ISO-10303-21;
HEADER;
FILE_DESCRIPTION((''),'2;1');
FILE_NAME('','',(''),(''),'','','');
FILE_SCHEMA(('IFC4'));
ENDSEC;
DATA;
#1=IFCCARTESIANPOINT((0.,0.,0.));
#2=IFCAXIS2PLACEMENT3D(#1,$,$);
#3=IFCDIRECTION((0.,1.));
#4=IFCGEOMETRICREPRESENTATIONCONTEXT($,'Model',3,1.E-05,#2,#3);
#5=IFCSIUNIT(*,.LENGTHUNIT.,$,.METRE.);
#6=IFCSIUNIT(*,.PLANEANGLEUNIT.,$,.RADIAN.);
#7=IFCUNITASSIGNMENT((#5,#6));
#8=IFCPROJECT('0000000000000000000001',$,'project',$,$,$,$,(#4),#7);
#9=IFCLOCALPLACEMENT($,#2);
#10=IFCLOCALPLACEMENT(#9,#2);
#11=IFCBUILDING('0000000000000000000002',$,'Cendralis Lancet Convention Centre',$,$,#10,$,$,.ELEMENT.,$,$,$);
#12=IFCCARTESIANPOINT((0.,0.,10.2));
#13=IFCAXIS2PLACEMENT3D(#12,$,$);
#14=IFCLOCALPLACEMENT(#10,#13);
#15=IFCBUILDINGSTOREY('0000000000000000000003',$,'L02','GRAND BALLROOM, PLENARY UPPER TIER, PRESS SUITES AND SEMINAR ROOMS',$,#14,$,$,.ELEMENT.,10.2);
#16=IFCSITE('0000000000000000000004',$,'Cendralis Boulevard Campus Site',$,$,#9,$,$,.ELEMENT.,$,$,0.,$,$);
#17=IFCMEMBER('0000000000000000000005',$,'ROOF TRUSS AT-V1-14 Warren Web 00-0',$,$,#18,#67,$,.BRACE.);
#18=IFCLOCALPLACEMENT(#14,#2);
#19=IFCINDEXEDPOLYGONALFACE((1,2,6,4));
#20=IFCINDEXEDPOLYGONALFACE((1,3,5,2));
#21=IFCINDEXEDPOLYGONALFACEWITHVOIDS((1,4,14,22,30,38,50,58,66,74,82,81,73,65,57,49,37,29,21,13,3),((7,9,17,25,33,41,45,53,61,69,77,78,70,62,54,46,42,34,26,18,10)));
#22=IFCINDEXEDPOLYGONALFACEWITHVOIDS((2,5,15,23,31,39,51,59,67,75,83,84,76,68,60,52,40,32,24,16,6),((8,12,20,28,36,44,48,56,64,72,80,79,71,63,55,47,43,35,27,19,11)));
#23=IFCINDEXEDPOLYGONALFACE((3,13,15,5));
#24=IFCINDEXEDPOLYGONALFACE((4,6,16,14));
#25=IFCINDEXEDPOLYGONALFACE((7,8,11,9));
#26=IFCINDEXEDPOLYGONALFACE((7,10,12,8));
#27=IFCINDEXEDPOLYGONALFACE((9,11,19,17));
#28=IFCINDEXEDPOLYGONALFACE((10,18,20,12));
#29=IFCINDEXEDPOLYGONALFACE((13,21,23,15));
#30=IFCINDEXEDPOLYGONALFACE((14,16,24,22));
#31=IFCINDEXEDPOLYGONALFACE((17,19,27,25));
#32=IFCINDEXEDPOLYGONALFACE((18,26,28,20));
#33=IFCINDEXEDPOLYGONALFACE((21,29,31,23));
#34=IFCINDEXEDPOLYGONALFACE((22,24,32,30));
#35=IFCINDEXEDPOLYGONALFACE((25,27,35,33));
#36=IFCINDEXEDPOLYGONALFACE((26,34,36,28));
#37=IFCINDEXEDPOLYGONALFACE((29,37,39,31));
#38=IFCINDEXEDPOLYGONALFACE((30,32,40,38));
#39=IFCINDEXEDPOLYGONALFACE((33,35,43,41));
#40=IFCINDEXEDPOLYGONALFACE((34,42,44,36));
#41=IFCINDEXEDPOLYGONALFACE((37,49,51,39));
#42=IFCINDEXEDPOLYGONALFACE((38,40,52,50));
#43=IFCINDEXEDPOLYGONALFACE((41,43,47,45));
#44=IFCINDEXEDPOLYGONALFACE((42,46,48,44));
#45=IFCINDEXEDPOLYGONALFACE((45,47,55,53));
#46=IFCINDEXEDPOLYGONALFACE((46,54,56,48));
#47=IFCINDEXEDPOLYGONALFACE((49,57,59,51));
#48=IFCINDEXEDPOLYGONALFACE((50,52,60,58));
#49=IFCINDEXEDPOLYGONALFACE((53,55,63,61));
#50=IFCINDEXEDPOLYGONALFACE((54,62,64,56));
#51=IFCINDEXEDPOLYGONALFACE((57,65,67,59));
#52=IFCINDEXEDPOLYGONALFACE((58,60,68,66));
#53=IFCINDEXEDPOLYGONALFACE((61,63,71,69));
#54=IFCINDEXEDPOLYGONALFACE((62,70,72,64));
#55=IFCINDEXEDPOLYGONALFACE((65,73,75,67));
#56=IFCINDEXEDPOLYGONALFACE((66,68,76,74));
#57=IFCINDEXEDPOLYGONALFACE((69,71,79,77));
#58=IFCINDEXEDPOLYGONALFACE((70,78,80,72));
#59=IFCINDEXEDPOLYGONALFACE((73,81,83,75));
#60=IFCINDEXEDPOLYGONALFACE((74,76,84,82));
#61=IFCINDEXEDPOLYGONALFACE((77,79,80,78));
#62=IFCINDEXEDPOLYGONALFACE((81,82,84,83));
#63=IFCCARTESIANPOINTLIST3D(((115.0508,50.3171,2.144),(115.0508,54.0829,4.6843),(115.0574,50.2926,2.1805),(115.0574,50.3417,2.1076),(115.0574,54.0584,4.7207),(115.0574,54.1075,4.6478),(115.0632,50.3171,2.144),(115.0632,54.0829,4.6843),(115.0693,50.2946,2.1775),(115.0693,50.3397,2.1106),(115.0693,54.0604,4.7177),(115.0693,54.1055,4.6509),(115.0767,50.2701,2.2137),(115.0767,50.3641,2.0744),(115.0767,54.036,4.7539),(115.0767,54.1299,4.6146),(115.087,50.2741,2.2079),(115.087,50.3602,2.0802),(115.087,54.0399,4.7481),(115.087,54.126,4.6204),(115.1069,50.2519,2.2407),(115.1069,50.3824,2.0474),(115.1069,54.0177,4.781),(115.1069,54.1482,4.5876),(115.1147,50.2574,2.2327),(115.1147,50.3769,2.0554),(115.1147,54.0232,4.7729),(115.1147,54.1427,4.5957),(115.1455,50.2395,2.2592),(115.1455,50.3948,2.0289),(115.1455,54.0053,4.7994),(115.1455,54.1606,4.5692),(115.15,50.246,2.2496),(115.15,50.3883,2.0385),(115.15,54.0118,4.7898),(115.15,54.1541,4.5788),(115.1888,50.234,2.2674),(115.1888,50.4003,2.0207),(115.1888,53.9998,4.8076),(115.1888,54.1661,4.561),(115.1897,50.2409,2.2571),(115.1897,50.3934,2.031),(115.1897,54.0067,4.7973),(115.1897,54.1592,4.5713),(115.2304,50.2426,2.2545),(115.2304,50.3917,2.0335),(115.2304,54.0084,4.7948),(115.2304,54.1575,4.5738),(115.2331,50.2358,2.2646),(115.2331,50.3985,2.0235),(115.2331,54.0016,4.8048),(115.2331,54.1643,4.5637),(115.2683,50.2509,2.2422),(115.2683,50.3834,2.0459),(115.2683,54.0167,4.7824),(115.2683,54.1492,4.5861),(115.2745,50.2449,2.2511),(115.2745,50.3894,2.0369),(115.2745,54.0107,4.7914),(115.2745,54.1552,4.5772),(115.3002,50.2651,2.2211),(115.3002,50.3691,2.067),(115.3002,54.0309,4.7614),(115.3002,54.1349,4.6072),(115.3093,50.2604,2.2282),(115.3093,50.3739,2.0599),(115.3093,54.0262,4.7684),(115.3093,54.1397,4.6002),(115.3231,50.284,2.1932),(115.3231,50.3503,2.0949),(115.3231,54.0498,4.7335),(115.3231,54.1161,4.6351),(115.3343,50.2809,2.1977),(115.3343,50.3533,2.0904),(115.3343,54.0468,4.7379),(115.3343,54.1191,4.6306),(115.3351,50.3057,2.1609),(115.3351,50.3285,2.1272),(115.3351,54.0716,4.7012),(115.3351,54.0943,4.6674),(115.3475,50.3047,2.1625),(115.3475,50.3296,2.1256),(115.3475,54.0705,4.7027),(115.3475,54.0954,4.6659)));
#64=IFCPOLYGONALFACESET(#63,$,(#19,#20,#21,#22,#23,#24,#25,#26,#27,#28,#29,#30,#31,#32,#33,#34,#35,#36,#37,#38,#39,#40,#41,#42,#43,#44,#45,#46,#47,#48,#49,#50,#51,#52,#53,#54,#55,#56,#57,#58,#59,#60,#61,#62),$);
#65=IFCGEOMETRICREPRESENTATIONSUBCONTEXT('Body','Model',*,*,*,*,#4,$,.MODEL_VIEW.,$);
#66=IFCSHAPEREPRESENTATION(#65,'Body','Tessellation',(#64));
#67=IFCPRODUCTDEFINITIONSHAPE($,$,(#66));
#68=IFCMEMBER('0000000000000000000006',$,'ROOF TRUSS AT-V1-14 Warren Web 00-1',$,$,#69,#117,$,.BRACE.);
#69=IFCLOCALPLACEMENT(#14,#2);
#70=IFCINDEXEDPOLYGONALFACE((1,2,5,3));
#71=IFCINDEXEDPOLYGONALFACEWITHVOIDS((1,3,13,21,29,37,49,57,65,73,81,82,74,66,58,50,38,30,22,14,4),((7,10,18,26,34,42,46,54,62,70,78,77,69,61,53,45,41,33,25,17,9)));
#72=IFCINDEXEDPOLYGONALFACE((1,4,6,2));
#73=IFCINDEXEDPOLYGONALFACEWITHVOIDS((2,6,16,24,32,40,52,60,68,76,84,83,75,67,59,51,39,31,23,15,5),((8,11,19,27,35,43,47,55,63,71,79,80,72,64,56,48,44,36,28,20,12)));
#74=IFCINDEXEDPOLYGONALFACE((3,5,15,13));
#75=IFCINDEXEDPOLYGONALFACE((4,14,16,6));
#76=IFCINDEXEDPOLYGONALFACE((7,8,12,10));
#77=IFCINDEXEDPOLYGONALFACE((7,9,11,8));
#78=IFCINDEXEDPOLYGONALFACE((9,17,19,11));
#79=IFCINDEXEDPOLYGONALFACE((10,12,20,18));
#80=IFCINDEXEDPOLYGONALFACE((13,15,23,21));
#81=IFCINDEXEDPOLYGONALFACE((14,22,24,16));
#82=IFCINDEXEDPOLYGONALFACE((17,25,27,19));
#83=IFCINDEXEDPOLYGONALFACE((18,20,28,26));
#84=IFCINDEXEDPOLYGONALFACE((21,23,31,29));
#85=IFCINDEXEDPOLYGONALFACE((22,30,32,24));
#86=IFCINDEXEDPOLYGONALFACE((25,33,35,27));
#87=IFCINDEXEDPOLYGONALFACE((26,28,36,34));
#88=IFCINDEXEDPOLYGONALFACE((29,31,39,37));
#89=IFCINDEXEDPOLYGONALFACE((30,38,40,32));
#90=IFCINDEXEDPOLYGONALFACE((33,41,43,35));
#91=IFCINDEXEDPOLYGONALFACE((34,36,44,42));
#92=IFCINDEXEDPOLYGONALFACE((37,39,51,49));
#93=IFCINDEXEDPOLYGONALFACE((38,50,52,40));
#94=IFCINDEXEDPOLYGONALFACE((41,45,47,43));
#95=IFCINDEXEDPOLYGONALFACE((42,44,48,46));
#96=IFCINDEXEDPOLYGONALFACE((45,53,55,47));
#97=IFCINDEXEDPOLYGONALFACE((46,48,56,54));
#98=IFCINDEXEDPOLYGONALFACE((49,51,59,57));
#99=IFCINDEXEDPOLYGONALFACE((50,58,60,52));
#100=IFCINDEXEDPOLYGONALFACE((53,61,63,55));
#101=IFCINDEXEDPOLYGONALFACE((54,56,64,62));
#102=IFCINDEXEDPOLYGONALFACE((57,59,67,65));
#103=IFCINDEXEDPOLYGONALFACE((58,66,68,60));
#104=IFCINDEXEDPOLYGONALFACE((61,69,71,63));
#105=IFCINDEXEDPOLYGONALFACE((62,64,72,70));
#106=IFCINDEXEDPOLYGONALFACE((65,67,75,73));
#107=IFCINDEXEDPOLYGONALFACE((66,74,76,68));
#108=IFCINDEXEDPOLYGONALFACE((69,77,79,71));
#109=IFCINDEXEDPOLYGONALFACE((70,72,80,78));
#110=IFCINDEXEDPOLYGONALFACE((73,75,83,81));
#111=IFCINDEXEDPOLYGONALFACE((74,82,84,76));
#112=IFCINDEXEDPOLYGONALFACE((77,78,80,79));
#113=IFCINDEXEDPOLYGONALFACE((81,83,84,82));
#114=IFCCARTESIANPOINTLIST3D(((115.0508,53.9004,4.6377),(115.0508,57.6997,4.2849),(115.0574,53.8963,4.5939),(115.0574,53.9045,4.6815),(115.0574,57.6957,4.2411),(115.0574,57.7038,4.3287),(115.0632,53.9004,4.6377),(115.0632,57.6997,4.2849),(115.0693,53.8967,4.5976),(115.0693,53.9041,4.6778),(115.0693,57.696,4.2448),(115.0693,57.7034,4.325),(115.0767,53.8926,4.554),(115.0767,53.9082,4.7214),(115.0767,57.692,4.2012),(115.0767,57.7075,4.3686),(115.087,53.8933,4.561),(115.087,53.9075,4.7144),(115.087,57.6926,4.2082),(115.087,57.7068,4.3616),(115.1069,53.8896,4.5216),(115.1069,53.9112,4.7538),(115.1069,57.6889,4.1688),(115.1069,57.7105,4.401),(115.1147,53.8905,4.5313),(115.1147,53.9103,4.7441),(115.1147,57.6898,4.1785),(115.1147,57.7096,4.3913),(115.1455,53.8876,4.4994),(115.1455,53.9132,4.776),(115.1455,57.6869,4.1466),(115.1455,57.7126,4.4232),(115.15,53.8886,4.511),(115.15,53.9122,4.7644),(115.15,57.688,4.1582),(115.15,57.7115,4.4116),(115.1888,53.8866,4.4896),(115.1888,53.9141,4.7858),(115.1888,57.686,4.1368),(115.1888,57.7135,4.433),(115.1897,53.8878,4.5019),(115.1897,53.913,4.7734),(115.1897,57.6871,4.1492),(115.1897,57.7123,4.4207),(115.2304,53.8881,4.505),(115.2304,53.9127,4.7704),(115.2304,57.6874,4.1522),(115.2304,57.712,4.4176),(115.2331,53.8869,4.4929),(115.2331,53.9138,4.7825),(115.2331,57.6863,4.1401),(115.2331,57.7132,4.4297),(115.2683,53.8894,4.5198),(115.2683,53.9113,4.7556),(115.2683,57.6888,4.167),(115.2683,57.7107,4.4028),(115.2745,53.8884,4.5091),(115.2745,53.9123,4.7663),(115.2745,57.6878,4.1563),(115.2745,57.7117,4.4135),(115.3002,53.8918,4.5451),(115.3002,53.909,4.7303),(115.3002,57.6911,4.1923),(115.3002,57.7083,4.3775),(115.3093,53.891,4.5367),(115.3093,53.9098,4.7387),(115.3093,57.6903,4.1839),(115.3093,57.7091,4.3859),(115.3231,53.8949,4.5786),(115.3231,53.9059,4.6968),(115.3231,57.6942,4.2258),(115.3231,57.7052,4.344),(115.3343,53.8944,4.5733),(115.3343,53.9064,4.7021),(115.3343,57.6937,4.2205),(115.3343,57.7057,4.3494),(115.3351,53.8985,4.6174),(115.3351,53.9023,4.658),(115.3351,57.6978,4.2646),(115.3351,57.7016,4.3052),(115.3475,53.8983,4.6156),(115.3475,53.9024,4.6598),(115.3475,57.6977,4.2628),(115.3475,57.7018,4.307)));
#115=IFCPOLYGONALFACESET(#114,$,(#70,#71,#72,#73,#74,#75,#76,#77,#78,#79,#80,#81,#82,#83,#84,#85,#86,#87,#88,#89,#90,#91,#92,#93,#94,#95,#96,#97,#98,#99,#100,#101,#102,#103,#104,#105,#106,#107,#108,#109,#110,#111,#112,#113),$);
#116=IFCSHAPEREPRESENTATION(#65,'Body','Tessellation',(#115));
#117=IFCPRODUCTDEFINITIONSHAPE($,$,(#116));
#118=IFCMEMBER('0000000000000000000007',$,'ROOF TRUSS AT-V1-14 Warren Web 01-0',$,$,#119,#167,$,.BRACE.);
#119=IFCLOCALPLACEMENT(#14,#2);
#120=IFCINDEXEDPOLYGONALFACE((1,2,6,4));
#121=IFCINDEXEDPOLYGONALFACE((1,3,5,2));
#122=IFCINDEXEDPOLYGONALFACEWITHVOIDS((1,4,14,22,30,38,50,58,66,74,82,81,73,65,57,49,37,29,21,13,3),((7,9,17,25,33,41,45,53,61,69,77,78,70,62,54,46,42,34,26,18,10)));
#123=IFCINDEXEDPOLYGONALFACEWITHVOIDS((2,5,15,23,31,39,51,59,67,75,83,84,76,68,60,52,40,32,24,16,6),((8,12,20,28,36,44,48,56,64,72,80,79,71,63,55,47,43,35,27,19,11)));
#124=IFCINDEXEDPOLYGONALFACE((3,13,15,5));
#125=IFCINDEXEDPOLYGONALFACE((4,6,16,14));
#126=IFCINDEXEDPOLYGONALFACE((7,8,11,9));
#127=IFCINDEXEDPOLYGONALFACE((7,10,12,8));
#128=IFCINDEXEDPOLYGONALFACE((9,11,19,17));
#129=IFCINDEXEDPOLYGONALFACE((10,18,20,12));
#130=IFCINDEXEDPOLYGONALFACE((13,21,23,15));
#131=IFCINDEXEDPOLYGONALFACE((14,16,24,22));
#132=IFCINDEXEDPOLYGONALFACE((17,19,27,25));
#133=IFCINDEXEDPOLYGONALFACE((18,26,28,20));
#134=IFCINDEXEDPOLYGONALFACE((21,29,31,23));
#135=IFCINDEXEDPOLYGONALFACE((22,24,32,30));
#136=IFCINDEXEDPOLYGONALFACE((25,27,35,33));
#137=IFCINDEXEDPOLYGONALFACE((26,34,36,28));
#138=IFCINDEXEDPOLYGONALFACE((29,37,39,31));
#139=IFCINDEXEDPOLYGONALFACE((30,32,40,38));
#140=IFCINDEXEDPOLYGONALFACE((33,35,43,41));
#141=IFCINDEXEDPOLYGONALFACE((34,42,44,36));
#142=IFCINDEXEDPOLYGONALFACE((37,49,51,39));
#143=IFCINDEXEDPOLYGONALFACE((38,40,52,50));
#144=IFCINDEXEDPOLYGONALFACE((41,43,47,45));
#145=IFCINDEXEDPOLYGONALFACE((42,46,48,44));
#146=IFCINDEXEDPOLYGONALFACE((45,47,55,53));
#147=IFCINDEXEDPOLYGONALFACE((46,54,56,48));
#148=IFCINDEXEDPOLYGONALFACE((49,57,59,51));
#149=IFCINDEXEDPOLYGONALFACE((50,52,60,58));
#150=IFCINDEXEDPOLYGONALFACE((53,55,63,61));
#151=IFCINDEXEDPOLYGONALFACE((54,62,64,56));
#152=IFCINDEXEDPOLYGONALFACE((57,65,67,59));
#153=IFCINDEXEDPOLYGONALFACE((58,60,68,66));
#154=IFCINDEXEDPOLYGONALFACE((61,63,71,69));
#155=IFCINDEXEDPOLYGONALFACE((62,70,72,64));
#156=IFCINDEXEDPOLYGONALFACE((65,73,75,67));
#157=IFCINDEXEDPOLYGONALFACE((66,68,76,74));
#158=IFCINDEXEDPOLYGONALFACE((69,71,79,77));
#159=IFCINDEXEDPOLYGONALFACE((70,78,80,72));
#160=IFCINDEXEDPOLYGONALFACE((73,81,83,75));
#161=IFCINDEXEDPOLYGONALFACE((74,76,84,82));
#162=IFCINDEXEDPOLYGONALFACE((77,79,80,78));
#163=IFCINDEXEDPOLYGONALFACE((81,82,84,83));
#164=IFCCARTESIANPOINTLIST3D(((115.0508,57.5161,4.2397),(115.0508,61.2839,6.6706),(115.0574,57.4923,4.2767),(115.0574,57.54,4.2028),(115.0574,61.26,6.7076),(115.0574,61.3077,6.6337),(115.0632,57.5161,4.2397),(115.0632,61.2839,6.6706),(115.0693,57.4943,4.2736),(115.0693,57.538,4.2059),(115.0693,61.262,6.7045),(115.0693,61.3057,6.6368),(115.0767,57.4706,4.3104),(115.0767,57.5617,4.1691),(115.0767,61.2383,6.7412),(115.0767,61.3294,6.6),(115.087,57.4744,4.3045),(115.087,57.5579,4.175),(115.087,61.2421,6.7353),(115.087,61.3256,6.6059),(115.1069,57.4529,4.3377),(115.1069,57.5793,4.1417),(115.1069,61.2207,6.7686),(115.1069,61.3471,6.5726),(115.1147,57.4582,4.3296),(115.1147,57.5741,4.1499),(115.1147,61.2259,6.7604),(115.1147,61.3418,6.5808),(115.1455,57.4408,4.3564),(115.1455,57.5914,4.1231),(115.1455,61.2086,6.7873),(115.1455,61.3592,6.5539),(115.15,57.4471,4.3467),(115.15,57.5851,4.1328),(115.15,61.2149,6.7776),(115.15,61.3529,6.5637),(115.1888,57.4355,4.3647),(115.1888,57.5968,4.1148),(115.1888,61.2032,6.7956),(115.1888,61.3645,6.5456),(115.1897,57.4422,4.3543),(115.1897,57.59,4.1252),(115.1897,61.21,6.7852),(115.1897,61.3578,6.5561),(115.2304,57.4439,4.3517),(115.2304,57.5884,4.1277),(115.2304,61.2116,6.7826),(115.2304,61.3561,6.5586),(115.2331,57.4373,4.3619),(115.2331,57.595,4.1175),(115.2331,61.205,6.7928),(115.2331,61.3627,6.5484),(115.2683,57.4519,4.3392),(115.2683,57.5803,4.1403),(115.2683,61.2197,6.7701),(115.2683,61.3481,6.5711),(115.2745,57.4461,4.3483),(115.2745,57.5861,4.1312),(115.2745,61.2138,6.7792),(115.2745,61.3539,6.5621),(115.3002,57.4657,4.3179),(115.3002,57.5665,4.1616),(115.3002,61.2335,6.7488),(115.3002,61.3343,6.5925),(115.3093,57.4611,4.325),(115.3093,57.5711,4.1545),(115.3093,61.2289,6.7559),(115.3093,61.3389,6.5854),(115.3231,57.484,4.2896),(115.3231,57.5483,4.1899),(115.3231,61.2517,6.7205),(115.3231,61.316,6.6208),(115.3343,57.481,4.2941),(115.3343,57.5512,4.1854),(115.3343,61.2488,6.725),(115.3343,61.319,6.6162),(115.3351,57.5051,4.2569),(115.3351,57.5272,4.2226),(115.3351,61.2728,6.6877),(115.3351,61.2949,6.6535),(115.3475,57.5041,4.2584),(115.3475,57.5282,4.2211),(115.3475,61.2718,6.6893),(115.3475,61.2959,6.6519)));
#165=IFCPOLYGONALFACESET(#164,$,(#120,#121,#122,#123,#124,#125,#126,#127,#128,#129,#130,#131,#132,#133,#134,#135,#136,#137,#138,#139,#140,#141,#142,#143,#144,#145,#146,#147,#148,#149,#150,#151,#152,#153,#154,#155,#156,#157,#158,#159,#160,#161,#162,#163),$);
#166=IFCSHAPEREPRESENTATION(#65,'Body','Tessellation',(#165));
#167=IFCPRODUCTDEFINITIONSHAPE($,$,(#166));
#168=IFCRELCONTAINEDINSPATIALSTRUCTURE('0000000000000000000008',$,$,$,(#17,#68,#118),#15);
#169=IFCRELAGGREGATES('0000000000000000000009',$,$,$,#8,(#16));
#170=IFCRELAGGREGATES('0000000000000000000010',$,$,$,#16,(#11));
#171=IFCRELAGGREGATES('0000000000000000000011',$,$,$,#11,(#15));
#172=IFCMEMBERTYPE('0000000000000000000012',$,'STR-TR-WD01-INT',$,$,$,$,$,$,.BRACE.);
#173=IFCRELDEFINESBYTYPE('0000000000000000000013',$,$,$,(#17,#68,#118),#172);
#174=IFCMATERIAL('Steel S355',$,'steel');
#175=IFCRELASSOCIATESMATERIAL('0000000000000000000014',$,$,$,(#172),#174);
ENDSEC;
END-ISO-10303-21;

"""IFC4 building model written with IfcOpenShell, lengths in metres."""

from ifc_helpers import new_model, si_unit, direction, frame, origin, origin_2d, place, context, subcontext, project, spatial, hollow_circle, extrude, material, material_profile, profile_set, type_object, element, save


model = new_model("IFC4")

# Units and contexts
model_context = context("Model", 3, precision=1e-05, world=origin(), true_north=direction((0.0, 1.0)))
body_context = subcontext(model_context, "Body", "Model", "MODEL_VIEW")
ifc_project = project(units=[si_unit("LENGTHUNIT", "METRE"), si_unit("PLANEANGLEUNIT", "RADIAN")], contexts=[model_context])

# Site, building, storey
site_placement = place(None, origin())
site = spatial("IfcSite", under=ifc_project, at=site_placement, Name="Cendralis Boulevard Campus Site", CompositionType="ELEMENT", RefElevation=0.0)
building_placement = place(site_placement, origin())
building = spatial("IfcBuilding", under=site, at=building_placement, Name="Cendralis Lancet Convention Centre", CompositionType="ELEMENT")
storey_placement = place(building_placement, frame((0.0, 0.0, 10.2)))
storey = spatial("IfcBuildingStorey", under=building, at=storey_placement, Name="L02", Description="GRAND BALLROOM, PLENARY UPPER TIER, PRESS SUITES AND SEMINAR ROOMS", CompositionType="ELEMENT", Elevation=10.2)

# Members
ifc_material_1 = material(Name="Steel S355", Category="steel")
ifc_material_profile_1 = material_profile(ifc_material_1, hollow_circle(Radius=0.1492, WallThickness=0.0125, at=origin_2d()), Name="CHS 298.5x12.5")
ifc_profile_set_1 = profile_set([ifc_material_profile_1], Name="Steel S355")
member_type_1 = type_object("IfcMemberType", Name="STR-TR-WD01-INT", PredefinedType="BRACE", material=ifc_profile_set_1)
member_1_placement = place(storey_placement, frame((115.2, 50.3171, 2.144), z_axis=(0.0, 0.82902, 0.559219), x_axis=(-1.0, 0.0, 0.0)))
element("IfcMember", 1, at=member_1_placement, inside=storey, type_object=member_type_1, Name="ROOF TRUSS AT-V1-14 Warren Web 00-0", PredefinedType="BRACE", context=body_context, shape_type="SweptSolid", body=[
    extrude(hollow_circle(Radius=0.1492, WallThickness=0.0125, at=origin_2d()), origin(), (0.0, 0.0, 1.0), 4.5425),
])
member_2_placement = place(storey_placement, frame((115.2, 53.9004, 4.6377), z_axis=(0.0, 0.995717, -0.092457), x_axis=(-1.0, 0.0, 0.0)))
element("IfcMember", 2, at=member_2_placement, inside=storey, type_object=member_type_1, Name="ROOF TRUSS AT-V1-14 Warren Web 00-1", PredefinedType="BRACE", context=body_context, shape_type="SweptSolid", body=[
    extrude(hollow_circle(Radius=0.1492, WallThickness=0.0125, at=origin_2d()), origin(), (0.0, 0.0, 1.0), 3.8157),
])
member_3_placement = place(storey_placement, frame((115.2, 57.5161, 4.2397), z_axis=(0.0, 0.840291, 0.542136), x_axis=(-1.0, 0.0, 0.0)))
element("IfcMember", 3, at=member_3_placement, inside=storey, type_object=member_type_1, Name="ROOF TRUSS AT-V1-14 Warren Web 01-0", PredefinedType="BRACE", context=body_context, shape_type="SweptSolid", body=[
    extrude(hollow_circle(Radius=0.1492, WallThickness=0.0125, at=origin_2d()), origin(), (0.0, 0.0, 1.0), 4.4839),
])

save(model, "model.ifc")
